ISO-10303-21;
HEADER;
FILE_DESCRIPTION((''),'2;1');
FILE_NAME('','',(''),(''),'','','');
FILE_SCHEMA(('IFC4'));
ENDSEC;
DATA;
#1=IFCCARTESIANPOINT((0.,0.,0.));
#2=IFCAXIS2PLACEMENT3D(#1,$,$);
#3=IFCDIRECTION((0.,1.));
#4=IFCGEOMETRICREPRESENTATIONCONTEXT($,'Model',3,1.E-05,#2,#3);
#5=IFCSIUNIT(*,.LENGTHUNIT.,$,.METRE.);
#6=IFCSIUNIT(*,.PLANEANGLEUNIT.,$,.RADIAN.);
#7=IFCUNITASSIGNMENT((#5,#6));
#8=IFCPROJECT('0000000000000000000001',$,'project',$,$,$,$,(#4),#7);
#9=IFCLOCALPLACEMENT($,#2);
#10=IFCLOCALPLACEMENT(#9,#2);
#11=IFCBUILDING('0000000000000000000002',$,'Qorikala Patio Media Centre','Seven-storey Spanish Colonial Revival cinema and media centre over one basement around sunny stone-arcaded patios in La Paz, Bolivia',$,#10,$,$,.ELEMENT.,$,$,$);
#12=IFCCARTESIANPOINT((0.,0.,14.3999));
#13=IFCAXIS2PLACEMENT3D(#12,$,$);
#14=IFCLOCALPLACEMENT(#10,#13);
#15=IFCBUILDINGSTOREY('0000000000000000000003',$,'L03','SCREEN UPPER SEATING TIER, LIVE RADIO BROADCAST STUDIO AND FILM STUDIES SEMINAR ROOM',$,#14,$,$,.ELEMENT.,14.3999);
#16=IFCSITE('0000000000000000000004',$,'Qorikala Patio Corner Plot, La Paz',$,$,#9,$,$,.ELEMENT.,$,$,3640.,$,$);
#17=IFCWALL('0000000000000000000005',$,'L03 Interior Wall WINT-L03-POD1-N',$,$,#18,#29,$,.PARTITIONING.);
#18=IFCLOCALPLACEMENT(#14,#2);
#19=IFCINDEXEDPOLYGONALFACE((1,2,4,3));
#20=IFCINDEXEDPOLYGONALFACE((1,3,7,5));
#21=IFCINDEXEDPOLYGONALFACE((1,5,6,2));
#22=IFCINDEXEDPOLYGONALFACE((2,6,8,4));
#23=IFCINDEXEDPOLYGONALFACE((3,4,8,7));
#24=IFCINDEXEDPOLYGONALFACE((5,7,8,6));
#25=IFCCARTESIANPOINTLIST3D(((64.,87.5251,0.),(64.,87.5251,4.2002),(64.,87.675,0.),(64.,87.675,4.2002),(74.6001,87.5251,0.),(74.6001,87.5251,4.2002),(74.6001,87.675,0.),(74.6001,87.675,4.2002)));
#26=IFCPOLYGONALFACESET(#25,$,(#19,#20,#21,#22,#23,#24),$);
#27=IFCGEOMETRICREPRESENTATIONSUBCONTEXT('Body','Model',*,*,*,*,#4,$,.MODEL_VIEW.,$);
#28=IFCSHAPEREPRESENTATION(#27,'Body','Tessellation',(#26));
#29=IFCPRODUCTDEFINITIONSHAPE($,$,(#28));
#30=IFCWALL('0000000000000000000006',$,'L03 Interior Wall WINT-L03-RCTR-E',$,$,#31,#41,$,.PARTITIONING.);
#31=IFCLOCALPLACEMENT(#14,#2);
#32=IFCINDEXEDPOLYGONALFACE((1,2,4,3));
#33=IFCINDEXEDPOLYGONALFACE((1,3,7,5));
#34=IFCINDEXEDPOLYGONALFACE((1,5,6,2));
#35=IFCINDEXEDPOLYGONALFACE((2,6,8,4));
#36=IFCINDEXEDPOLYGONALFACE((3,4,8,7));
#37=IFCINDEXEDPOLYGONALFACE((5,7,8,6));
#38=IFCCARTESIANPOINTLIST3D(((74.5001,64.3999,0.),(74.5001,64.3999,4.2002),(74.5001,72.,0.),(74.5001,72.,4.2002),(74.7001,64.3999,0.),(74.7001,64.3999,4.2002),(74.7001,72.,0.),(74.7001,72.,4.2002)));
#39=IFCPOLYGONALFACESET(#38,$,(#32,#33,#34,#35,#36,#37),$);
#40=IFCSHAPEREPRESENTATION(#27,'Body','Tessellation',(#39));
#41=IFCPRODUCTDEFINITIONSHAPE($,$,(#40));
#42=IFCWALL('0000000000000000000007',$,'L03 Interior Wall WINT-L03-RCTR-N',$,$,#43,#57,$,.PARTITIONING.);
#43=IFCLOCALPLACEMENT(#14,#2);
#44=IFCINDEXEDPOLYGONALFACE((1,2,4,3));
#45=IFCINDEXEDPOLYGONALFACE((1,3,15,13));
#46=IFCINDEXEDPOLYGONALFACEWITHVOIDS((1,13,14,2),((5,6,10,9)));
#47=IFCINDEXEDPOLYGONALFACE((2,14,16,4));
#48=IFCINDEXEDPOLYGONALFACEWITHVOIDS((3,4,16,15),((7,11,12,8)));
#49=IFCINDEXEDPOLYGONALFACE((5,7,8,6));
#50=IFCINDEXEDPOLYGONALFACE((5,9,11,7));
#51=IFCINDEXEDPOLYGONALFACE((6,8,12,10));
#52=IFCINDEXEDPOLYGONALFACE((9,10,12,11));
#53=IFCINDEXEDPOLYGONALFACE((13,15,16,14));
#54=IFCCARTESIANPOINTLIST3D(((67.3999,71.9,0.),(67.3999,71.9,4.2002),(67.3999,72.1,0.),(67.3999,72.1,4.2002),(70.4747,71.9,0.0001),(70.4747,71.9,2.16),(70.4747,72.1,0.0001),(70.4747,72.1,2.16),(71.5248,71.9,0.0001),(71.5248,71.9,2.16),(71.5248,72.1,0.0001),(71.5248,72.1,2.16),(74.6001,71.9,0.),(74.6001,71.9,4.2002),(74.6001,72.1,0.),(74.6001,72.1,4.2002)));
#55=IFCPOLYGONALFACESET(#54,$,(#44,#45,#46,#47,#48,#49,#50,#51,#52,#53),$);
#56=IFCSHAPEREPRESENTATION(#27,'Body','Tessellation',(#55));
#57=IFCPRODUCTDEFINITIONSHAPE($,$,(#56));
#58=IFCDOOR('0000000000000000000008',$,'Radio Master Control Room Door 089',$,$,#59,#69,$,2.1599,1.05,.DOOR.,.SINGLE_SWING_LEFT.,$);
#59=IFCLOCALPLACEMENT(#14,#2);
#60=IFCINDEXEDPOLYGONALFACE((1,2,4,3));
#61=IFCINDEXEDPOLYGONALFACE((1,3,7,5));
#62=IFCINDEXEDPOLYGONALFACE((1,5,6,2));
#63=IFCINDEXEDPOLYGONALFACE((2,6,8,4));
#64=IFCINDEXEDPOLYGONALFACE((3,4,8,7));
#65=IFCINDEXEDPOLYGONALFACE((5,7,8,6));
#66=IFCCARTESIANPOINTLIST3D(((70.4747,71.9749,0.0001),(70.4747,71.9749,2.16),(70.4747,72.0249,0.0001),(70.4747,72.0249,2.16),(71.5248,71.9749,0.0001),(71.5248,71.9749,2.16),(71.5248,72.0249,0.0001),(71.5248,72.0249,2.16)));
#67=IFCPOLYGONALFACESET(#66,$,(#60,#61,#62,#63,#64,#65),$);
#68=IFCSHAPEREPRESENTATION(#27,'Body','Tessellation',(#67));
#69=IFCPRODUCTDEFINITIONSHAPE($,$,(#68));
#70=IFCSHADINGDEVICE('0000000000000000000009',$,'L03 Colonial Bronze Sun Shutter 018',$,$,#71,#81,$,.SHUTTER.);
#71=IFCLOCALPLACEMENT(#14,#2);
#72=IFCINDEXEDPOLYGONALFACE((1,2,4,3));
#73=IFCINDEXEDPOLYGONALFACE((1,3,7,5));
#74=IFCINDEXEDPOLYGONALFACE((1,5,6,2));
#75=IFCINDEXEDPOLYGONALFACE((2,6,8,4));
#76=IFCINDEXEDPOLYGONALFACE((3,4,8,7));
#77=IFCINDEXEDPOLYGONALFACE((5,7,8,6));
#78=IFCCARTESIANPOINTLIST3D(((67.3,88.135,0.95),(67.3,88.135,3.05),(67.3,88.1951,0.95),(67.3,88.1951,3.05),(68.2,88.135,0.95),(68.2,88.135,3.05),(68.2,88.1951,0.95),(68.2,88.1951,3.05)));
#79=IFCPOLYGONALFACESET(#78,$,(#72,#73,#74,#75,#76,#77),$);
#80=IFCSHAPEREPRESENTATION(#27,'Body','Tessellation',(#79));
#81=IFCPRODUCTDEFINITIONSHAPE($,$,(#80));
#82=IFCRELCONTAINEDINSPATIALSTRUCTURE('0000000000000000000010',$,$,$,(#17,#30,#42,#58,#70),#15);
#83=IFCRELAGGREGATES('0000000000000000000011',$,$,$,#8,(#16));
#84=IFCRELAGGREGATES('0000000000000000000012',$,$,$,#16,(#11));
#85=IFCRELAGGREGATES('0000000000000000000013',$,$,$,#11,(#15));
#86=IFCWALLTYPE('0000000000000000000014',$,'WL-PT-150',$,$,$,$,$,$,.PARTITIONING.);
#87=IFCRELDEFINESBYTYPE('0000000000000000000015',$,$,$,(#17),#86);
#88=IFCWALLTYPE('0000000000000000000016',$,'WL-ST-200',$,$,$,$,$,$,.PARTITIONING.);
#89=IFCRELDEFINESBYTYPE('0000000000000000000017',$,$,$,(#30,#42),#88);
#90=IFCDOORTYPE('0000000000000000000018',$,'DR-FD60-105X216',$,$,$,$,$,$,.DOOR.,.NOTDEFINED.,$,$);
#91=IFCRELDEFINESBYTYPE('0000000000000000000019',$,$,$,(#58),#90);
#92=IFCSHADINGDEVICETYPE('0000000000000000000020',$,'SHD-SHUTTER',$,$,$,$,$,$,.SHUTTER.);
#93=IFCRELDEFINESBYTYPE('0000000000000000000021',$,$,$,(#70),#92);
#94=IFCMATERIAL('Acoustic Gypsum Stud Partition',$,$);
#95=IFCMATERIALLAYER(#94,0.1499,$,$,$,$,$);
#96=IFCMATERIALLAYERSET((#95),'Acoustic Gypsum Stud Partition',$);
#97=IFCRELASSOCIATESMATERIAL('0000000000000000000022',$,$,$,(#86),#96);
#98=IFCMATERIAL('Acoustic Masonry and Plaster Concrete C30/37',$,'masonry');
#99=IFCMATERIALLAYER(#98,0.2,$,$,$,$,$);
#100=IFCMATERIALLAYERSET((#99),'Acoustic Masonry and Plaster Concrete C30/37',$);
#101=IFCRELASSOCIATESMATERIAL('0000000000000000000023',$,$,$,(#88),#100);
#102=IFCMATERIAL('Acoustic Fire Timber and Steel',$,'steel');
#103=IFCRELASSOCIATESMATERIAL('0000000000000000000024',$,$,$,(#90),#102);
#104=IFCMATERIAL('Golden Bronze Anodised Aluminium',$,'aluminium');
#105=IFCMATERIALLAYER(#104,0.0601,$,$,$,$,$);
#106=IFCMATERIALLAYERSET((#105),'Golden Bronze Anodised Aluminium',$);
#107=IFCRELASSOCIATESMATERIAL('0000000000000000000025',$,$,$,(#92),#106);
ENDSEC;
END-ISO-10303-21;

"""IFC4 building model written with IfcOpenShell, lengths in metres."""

from ifc_helpers import new_model, si_unit, direction, frame, frame_2d, origin, origin_2d, place, context, subcontext, project, spatial, rectangle, extrude, material, layer, layer_set, type_object, element, fill, save


model = new_model("IFC4")

# Units and contexts
model_context = context("Model", 3, precision=1e-05, world=origin(), true_north=direction((0.0, 1.0)))
body_context = subcontext(model_context, "Body", "Model", "MODEL_VIEW")
ifc_project = project(units=[si_unit("LENGTHUNIT", "METRE"), si_unit("PLANEANGLEUNIT", "RADIAN")], contexts=[model_context])

# Site, building, storey
site_placement = place(None, origin())
site = spatial("IfcSite", under=ifc_project, at=site_placement, Name="Qorikala Patio Corner Plot, La Paz", CompositionType="ELEMENT", RefElevation=3640.0)
building_placement = place(site_placement, origin())
building = spatial("IfcBuilding", under=site, at=building_placement, Name="Qorikala Patio Media Centre", Description="Seven-storey Spanish Colonial Revival cinema and media centre over one basement around sunny stone-arcaded patios in La Paz, Bolivia", CompositionType="ELEMENT")
storey_placement = place(building_placement, frame((0.0, 0.0, 14.3999)))
storey = spatial("IfcBuildingStorey", under=building, at=storey_placement, Name="L03", Description="SCREEN UPPER SEATING TIER, LIVE RADIO BROADCAST STUDIO AND FILM STUDIES SEMINAR ROOM", CompositionType="ELEMENT", Elevation=14.3999)

# Shared definitions
ifc_material_1 = material(Name="Acoustic Gypsum Stud Partition")
ifc_layer_1 = layer(ifc_material_1, 0.1499)
ifc_layer_set_1 = layer_set([ifc_layer_1], Name="Acoustic Gypsum Stud Partition")
wall_type_1 = type_object("IfcWallType", Name="WL-PT-150", PredefinedType="PARTITIONING", material=ifc_layer_set_1)

# Walls
wall_1_placement = place(storey_placement, frame((64.0, 87.6001, 0.0), z_axis=(0.0, 0.0, 1.0), x_axis=(1.0, 0.0, 0.0)))
element("IfcWall", 1, at=wall_1_placement, inside=storey, type_object=wall_type_1, Name="L03 Interior Wall WINT-L03-POD1-N", PredefinedType="PARTITIONING", context=body_context, shape_type="SweptSolid", body=[
    extrude(rectangle(XDim=10.6001, YDim=0.1499, at=frame_2d((5.3, 0.0))), origin(), (0.0, 0.0, 1.0), 4.2002),
])
ifc_material_2 = material(Name="Acoustic Masonry and Plaster Concrete C30/37", Category="masonry")
ifc_layer_2 = layer(ifc_material_2, 0.2)
ifc_layer_set_2 = layer_set([ifc_layer_2], Name="Acoustic Masonry and Plaster Concrete C30/37")
wall_type_2 = type_object("IfcWallType", Name="WL-ST-200", PredefinedType="PARTITIONING", material=ifc_layer_set_2)
wall_2_placement = place(storey_placement, frame((74.6001, 64.3999, 0.0), z_axis=(0.0, 0.0, 1.0), x_axis=(0.0, 1.0, 0.0)))
element("IfcWall", 2, at=wall_2_placement, inside=storey, type_object=wall_type_2, Name="L03 Interior Wall WINT-L03-RCTR-E", PredefinedType="PARTITIONING", context=body_context, shape_type="SweptSolid", body=[
    extrude(rectangle(XDim=7.6001, YDim=0.2, at=frame_2d((3.8, 0.0))), origin(), (0.0, 0.0, 1.0), 4.2002),
])

# Wall, opening, door
wall_3_placement = place(storey_placement, frame((67.3999, 72.0, 0.0), z_axis=(0.0, 0.0, 1.0), x_axis=(1.0, 0.0, 0.0)))
wall_3 = element("IfcWall", 3, at=wall_3_placement, inside=storey, type_object=wall_type_2, Name="L03 Interior Wall WINT-L03-RCTR-N", PredefinedType="PARTITIONING", context=body_context, shape_type="SweptSolid", body=[
    extrude(rectangle(XDim=7.2002, YDim=0.2, at=frame_2d((3.6001, 0.0))), origin(), (0.0, 0.0, 1.0), 4.2002),
])
opening_1_placement = place(wall_3_placement, frame((3.075, 0.0, 0.0)))
opening_1 = element("IfcOpeningElement", 4, at=opening_1_placement, cuts=wall_3, PredefinedType="OPENING", context=body_context, shape_type="SweptSolid", body=[
    extrude(rectangle(XDim=1.05, YDim=2.1599, at=frame_2d((0.5249, 1.0801))), frame((0.0, 0.1099, 0.0), z_axis=(0.0, -1.0, 0.0), x_axis=(1.0, 0.0, 0.0)), (0.0, 0.0, 1.0), 0.22),
])
ifc_material_3 = material(Name="Acoustic Fire Timber and Steel", Category="steel")
door_type_1 = type_object("IfcDoorType", Name="DR-FD60-105X216", OperationType="NOTDEFINED", PredefinedType="DOOR", material=ifc_material_3)
door_1_placement = place(opening_1_placement, origin())
door_1 = element("IfcDoor", 5, at=door_1_placement, inside=storey, type_object=door_type_1, Name="Radio Master Control Room Door 089", OperationType="SINGLE_SWING_LEFT", OverallHeight=2.1599, OverallWidth=1.05, PredefinedType="DOOR", context=body_context, shape_type="SweptSolid", body=[
    extrude(rectangle(XDim=1.05, YDim=2.1599, at=frame_2d((0.5249, 1.0801))), frame((0.0, 0.0249, 0.0), z_axis=(0.0, -1.0, 0.0), x_axis=(1.0, 0.0, 0.0)), (0.0, 0.0, 1.0), 0.05),
])
fill(opening_1, door_1)

# Shading device
ifc_material_4 = material(Name="Golden Bronze Anodised Aluminium", Category="aluminium")
ifc_layer_3 = layer(ifc_material_4, 0.0601)
ifc_layer_set_3 = layer_set([ifc_layer_3], Name="Golden Bronze Anodised Aluminium")
shading_device_type = type_object("IfcShadingDeviceType", Name="SHD-SHUTTER", PredefinedType="SHUTTER", material=ifc_layer_set_3)
shading_device_placement = place(storey_placement, frame((67.75, 88.165, 0.95), z_axis=(0.0, 0.0, 1.0), x_axis=(1.0, 0.0, 0.0)))
element("IfcShadingDevice", 6, at=shading_device_placement, inside=storey, type_object=shading_device_type, Name="L03 Colonial Bronze Sun Shutter 018", PredefinedType="SHUTTER", context=body_context, shape_type="SweptSolid", body=[
    extrude(rectangle(XDim=0.8999, YDim=0.0601, at=origin_2d()), origin(), (0.0, 0.0, 1.0), 2.1001),
])

save(model, "model.ifc")
